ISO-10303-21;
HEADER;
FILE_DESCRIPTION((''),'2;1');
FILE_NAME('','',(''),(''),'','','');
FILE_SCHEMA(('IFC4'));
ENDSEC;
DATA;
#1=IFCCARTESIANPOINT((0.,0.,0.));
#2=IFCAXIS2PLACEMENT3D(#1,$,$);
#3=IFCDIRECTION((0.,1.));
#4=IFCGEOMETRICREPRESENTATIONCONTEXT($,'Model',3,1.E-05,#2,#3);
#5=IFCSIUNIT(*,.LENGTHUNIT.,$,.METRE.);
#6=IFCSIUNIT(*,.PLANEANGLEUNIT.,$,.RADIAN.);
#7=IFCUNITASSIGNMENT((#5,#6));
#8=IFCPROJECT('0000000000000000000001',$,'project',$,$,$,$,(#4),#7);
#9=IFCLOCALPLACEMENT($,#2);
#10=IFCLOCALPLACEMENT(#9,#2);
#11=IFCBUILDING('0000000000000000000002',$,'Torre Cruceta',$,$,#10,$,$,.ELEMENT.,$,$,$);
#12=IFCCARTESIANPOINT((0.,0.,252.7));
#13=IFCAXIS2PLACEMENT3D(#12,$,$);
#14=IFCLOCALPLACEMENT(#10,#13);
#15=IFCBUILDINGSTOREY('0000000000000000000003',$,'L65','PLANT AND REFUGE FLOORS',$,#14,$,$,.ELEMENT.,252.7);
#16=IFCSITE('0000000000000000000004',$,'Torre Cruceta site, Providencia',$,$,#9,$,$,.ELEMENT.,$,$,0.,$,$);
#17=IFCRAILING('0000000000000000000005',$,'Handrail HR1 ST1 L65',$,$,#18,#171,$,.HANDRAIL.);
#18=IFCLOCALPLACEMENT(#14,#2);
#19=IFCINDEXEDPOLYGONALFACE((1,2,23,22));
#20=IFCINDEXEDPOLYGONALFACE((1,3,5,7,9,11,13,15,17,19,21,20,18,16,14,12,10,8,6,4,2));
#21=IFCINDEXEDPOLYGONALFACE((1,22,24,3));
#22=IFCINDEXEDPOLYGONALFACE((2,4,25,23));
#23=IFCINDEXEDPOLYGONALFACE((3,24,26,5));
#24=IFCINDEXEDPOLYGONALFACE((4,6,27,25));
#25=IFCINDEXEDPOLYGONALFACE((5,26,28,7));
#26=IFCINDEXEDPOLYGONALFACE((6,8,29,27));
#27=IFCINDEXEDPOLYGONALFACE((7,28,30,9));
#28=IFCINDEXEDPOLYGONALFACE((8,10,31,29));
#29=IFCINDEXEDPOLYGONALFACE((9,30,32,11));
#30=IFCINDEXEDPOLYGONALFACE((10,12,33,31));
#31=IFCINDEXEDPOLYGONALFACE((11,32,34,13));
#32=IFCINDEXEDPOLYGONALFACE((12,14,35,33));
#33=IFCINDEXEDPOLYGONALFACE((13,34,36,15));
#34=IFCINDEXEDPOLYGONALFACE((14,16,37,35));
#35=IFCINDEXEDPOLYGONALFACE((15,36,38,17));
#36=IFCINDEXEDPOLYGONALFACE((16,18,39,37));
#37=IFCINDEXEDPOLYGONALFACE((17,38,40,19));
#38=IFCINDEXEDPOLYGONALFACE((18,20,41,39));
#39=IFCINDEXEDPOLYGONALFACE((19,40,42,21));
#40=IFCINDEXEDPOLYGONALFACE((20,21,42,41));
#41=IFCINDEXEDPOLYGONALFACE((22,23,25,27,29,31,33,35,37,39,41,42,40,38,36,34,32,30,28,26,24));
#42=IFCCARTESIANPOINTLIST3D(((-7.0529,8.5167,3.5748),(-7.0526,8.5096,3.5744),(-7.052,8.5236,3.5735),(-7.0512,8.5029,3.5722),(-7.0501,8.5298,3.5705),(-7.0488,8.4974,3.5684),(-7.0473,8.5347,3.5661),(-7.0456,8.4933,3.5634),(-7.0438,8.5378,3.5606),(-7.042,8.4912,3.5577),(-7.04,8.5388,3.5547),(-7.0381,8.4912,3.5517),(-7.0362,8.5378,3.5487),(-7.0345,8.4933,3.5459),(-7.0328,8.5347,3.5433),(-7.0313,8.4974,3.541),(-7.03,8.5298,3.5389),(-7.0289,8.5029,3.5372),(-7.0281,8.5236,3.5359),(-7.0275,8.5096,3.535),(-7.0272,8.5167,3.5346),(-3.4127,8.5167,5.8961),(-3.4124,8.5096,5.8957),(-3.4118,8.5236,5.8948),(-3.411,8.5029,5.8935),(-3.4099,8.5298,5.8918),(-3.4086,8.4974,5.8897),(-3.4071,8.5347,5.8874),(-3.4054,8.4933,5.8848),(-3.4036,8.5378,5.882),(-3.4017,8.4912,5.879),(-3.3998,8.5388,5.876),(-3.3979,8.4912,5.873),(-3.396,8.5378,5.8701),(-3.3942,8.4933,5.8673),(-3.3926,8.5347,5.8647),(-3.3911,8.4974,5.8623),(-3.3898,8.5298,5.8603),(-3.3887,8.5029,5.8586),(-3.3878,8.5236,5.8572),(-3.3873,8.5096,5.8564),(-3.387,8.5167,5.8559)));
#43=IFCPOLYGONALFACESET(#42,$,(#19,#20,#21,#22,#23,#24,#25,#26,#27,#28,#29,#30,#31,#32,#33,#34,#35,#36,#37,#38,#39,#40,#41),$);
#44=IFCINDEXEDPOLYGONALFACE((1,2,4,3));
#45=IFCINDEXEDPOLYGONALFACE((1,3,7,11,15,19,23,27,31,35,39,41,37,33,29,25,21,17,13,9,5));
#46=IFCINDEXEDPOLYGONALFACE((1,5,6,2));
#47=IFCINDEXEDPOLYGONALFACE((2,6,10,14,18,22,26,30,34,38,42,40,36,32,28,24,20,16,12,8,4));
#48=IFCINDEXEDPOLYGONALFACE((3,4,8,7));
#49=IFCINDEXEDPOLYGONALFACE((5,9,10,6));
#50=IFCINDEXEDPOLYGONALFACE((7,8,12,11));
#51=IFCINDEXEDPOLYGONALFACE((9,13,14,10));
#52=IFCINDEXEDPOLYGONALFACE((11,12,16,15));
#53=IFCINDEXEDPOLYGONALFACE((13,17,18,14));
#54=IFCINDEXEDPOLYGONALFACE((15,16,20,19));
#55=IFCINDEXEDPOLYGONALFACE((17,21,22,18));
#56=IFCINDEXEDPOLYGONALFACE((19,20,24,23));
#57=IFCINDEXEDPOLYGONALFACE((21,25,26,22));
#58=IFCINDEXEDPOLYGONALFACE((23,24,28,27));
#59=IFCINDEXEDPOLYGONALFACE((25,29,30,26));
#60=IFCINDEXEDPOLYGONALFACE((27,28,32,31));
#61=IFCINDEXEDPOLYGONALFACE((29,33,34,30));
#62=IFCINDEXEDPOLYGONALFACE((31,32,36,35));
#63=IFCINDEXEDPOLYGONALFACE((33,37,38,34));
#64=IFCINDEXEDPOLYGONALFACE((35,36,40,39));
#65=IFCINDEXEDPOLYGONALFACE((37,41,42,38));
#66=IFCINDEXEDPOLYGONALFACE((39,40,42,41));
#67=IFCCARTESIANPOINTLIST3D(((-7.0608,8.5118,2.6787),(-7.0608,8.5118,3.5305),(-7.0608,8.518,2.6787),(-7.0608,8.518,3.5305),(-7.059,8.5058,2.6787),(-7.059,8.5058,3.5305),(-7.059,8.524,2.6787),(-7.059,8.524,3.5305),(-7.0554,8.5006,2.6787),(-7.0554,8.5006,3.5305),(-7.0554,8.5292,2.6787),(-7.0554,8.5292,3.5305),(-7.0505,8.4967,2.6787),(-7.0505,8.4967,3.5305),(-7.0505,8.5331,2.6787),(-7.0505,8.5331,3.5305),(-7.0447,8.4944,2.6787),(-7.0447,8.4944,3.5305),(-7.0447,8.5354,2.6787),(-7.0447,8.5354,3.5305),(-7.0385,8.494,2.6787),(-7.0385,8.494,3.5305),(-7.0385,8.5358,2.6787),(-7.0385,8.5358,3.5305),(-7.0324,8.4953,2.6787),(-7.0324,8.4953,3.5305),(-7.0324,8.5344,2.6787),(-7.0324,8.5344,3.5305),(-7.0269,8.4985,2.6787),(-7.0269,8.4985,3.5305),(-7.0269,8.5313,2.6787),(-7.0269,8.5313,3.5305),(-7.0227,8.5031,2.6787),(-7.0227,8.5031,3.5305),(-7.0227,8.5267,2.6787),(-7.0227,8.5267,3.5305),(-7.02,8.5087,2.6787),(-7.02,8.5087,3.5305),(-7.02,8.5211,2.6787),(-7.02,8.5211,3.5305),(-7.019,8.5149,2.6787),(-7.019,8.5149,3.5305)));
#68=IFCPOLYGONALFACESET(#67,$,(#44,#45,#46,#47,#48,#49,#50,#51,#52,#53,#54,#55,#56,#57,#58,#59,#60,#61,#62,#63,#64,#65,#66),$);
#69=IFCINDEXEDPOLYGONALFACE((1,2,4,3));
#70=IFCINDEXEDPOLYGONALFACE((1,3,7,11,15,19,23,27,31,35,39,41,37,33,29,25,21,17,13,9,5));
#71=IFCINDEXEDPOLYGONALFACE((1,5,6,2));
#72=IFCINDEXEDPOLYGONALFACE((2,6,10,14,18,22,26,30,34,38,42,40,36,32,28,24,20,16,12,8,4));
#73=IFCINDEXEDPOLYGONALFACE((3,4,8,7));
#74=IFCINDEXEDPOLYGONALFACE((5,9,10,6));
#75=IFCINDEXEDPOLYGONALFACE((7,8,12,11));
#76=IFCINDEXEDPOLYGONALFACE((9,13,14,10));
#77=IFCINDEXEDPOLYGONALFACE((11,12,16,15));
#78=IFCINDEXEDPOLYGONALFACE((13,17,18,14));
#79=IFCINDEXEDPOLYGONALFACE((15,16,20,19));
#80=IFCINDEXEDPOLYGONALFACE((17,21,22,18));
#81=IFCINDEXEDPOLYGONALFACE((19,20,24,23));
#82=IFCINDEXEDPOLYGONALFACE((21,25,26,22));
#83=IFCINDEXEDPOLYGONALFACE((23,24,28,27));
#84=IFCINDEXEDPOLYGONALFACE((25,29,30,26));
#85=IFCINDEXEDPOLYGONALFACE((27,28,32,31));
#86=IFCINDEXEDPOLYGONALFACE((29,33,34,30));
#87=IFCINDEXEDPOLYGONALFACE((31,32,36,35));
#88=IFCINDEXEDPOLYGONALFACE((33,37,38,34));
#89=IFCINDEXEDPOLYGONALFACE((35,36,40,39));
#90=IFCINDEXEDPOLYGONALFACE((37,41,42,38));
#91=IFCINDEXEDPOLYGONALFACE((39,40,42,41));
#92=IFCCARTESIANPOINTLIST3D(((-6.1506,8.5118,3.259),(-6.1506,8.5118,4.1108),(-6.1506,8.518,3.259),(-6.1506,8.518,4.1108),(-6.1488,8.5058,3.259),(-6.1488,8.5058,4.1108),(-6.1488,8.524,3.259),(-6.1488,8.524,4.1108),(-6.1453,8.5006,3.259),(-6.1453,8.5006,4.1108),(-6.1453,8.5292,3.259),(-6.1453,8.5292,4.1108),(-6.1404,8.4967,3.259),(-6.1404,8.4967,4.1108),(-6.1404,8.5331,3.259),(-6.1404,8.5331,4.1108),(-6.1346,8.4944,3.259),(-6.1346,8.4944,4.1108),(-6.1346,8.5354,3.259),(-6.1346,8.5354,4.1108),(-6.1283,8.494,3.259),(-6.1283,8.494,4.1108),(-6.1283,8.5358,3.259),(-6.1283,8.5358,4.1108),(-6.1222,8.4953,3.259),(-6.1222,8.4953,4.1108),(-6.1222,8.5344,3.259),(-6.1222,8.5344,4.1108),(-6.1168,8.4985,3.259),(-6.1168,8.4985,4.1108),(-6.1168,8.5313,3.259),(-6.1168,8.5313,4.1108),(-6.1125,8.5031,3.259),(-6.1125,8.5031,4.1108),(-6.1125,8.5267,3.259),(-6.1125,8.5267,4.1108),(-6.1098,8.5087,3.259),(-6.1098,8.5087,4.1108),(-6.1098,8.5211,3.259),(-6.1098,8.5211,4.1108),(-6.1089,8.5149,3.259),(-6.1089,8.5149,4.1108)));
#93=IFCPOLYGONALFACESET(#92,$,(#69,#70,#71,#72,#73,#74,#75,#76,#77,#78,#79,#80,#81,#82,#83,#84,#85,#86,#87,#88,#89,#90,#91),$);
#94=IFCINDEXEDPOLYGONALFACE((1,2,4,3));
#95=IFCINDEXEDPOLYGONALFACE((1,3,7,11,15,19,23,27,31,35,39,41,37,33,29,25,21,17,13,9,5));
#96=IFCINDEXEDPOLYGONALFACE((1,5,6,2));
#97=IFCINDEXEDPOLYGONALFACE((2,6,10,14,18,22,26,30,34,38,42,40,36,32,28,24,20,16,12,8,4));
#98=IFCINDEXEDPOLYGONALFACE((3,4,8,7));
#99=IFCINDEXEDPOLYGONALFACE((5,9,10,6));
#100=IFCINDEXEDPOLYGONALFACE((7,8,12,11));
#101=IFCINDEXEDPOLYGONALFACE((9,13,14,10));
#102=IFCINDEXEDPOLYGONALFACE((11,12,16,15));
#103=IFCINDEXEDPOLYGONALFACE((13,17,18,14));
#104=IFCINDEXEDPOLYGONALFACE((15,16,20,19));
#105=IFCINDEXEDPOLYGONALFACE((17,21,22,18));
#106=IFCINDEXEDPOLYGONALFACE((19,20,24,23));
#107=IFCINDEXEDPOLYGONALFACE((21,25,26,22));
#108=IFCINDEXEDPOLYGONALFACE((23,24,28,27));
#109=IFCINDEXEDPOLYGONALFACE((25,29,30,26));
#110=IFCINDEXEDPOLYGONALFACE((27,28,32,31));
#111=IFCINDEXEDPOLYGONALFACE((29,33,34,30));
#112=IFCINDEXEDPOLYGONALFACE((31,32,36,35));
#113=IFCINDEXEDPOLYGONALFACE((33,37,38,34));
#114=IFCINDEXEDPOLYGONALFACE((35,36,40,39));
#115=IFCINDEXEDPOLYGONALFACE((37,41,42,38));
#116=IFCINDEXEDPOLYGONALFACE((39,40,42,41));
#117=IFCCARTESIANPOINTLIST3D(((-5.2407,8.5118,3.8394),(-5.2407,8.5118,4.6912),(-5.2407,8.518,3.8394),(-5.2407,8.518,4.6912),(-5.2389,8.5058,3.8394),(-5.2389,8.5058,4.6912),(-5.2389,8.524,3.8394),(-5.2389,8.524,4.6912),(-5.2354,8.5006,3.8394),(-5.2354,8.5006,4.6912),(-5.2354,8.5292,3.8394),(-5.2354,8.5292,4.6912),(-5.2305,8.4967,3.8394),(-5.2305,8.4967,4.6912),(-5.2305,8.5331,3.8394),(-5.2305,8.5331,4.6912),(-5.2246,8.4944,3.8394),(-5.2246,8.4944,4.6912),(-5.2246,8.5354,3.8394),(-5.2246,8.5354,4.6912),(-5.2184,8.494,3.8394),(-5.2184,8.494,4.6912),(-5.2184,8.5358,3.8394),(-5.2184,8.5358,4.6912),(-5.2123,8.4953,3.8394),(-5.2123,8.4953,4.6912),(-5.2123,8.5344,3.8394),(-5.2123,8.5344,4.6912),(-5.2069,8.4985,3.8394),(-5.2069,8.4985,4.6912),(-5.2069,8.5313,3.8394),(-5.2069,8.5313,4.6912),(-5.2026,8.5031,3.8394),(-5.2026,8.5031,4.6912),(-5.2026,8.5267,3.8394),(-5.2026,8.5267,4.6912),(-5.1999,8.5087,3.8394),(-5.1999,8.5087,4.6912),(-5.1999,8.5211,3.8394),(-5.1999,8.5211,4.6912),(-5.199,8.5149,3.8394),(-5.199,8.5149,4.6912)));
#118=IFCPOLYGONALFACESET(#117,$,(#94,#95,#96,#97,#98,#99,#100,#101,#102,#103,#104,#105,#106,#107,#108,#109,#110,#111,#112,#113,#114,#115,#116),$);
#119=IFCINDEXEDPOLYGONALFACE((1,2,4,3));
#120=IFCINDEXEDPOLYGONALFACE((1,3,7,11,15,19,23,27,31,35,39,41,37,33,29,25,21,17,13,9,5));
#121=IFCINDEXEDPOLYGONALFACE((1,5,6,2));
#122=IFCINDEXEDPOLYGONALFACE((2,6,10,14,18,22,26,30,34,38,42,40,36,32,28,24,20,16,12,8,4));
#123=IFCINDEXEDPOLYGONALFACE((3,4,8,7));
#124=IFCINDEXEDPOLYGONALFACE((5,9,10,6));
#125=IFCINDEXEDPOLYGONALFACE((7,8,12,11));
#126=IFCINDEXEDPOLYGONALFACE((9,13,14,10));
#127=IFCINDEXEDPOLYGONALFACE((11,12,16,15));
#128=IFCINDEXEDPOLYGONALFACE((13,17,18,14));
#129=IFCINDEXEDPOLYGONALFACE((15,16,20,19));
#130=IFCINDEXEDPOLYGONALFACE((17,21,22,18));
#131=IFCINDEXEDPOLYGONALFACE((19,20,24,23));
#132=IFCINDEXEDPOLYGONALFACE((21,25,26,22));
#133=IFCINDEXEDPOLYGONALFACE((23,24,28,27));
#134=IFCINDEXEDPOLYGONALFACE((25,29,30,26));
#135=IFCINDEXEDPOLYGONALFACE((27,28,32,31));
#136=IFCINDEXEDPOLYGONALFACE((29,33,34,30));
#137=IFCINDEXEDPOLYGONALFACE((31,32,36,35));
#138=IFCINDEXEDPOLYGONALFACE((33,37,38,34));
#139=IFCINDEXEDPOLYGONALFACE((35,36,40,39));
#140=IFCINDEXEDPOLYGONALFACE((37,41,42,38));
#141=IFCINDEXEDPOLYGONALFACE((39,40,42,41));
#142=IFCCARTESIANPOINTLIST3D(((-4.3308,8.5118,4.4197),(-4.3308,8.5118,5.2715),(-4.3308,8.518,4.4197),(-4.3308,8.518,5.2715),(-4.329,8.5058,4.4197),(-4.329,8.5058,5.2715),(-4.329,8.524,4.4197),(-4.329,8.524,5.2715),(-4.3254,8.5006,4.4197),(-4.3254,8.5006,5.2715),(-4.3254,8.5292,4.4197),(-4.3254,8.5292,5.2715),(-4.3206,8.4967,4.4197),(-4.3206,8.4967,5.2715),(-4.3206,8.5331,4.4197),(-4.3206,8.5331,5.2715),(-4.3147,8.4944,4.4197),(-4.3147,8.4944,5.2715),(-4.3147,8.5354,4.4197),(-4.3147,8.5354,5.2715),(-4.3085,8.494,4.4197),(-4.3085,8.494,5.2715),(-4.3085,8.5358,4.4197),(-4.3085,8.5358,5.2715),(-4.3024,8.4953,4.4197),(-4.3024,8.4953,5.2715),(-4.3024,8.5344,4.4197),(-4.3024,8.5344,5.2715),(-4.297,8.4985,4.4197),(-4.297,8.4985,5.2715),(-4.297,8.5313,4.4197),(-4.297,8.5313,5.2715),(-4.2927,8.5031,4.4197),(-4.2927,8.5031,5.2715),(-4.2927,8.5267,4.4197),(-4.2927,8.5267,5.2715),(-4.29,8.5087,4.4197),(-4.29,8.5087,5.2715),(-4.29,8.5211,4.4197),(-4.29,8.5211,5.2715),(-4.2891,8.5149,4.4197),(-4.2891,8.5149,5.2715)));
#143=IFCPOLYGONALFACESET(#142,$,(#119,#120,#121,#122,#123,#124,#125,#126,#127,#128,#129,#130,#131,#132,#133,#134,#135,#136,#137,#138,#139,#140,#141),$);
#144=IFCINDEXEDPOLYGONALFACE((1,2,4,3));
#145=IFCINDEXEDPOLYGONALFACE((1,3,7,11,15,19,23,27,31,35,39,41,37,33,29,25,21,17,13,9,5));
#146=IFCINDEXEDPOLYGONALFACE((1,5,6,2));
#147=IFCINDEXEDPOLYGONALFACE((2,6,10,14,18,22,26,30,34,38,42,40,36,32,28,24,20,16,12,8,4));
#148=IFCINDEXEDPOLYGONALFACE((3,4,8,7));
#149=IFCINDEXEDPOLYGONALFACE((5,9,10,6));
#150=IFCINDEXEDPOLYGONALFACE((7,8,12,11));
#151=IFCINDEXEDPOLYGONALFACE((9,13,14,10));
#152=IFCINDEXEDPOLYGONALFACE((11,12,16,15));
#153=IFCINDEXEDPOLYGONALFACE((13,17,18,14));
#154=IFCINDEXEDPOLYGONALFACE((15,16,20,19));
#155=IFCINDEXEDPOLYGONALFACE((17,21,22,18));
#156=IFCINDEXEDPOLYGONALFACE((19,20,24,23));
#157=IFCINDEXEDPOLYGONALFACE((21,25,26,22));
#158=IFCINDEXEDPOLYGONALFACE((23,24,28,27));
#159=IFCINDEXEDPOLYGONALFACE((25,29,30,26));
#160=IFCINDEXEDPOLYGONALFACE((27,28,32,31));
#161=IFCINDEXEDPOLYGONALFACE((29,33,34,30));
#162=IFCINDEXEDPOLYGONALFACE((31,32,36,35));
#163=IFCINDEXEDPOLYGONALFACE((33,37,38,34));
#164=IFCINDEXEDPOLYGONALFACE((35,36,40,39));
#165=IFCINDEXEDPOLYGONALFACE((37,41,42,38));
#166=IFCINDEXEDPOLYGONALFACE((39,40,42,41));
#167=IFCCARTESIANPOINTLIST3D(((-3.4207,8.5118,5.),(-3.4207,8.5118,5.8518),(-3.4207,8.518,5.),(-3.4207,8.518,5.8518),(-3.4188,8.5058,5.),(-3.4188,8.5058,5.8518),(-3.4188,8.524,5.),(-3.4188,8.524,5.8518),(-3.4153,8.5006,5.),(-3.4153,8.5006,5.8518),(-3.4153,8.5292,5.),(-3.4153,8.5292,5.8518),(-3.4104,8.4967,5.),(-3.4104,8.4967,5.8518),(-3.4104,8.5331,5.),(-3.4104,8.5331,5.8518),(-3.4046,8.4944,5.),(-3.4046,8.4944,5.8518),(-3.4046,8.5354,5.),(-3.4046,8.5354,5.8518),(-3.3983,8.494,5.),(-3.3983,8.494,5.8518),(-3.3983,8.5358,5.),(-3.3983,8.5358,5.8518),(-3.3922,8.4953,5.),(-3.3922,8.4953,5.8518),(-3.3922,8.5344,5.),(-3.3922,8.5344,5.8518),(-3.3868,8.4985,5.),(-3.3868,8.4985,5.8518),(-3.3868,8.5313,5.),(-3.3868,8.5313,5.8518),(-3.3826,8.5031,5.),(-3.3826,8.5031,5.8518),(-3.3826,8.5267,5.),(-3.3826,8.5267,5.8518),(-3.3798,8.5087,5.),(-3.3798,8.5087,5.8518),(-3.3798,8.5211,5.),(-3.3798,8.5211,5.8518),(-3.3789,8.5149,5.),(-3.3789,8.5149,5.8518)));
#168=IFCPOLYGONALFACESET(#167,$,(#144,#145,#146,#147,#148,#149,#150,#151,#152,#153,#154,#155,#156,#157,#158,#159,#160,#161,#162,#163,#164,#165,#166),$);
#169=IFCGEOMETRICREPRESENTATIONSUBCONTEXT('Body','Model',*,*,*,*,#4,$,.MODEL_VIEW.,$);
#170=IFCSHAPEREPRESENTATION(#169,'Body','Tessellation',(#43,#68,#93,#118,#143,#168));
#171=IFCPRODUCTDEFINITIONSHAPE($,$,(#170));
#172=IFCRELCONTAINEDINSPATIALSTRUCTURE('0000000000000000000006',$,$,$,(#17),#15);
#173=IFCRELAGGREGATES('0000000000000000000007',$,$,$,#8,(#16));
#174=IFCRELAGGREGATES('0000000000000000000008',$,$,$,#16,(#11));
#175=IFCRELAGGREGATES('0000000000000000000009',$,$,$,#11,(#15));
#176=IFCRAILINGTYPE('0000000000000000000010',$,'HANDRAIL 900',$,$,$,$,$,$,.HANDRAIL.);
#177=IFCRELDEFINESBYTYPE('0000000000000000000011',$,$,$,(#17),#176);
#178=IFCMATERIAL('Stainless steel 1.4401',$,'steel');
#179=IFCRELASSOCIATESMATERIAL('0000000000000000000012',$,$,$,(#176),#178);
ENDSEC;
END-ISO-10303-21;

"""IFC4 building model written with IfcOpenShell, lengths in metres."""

from ifc_helpers import new_model, si_unit, direction, frame, origin, origin_2d, place, context, subcontext, project, spatial, circle, extrude, material, type_object, element, save


model = new_model("IFC4")

# Units and contexts
model_context = context("Model", 3, precision=1e-05, world=origin(), true_north=direction((0.0, 1.0)))
body_context = subcontext(model_context, "Body", "Model", "MODEL_VIEW")
ifc_project = project(units=[si_unit("LENGTHUNIT", "METRE"), si_unit("PLANEANGLEUNIT", "RADIAN")], contexts=[model_context])

# Site, building, storey
site_placement = place(None, origin())
site = spatial("IfcSite", under=ifc_project, at=site_placement, Name="Torre Cruceta site, Providencia", CompositionType="ELEMENT", RefElevation=0.0)
building_placement = place(site_placement, origin())
building = spatial("IfcBuilding", under=site, at=building_placement, Name="Torre Cruceta", CompositionType="ELEMENT")
storey_placement = place(building_placement, frame((0.0, 0.0, 252.7)))
storey = spatial("IfcBuildingStorey", under=building, at=storey_placement, Name="L65", Description="PLANT AND REFUGE FLOORS", CompositionType="ELEMENT", Elevation=252.7)

# Railing
ifc_material_1 = material(Name="Stainless steel 1.4401", Category="steel")
railing_type = type_object("IfcRailingType", Name="HANDRAIL 900", PredefinedType="HANDRAIL", material=ifc_material_1)
railing_placement = place(storey_placement, frame((-7.04, 8.5149, 2.6787)))
element("IfcRailing", 1, at=railing_placement, inside=storey, type_object=railing_type, Name="Handrail HR1 ST1 L65", PredefinedType="HANDRAIL", context=body_context, shape_type="SweptSolid", body=[
    extrude(circle(Radius=0.0239, at=origin_2d()), frame((0.0, 0.0, 0.876), z_axis=(0.843153, 0.0, 0.537673), x_axis=(0.0, 1.0, 0.0)), (0.0, 0.0, 1.0), 4.3174),
    extrude(circle(Radius=0.021, at=origin_2d()), origin(), (0.0, 0.0, 1.0), 0.8518),
    extrude(circle(Radius=0.021, at=origin_2d()), frame((0.9102, 0.0, 0.5803)), (0.0, 0.0, 1.0), 0.8518),
    extrude(circle(Radius=0.021, at=origin_2d()), frame((1.8201, 0.0, 1.1606)), (0.0, 0.0, 1.0), 0.8518),
    extrude(circle(Radius=0.021, at=origin_2d()), frame((2.73, 0.0, 1.741)), (0.0, 0.0, 1.0), 0.8518),
    extrude(circle(Radius=0.021, at=origin_2d()), frame((3.6401, 0.0, 2.3213)), (0.0, 0.0, 1.0), 0.8518),
])

save(model, "model.ifc")
